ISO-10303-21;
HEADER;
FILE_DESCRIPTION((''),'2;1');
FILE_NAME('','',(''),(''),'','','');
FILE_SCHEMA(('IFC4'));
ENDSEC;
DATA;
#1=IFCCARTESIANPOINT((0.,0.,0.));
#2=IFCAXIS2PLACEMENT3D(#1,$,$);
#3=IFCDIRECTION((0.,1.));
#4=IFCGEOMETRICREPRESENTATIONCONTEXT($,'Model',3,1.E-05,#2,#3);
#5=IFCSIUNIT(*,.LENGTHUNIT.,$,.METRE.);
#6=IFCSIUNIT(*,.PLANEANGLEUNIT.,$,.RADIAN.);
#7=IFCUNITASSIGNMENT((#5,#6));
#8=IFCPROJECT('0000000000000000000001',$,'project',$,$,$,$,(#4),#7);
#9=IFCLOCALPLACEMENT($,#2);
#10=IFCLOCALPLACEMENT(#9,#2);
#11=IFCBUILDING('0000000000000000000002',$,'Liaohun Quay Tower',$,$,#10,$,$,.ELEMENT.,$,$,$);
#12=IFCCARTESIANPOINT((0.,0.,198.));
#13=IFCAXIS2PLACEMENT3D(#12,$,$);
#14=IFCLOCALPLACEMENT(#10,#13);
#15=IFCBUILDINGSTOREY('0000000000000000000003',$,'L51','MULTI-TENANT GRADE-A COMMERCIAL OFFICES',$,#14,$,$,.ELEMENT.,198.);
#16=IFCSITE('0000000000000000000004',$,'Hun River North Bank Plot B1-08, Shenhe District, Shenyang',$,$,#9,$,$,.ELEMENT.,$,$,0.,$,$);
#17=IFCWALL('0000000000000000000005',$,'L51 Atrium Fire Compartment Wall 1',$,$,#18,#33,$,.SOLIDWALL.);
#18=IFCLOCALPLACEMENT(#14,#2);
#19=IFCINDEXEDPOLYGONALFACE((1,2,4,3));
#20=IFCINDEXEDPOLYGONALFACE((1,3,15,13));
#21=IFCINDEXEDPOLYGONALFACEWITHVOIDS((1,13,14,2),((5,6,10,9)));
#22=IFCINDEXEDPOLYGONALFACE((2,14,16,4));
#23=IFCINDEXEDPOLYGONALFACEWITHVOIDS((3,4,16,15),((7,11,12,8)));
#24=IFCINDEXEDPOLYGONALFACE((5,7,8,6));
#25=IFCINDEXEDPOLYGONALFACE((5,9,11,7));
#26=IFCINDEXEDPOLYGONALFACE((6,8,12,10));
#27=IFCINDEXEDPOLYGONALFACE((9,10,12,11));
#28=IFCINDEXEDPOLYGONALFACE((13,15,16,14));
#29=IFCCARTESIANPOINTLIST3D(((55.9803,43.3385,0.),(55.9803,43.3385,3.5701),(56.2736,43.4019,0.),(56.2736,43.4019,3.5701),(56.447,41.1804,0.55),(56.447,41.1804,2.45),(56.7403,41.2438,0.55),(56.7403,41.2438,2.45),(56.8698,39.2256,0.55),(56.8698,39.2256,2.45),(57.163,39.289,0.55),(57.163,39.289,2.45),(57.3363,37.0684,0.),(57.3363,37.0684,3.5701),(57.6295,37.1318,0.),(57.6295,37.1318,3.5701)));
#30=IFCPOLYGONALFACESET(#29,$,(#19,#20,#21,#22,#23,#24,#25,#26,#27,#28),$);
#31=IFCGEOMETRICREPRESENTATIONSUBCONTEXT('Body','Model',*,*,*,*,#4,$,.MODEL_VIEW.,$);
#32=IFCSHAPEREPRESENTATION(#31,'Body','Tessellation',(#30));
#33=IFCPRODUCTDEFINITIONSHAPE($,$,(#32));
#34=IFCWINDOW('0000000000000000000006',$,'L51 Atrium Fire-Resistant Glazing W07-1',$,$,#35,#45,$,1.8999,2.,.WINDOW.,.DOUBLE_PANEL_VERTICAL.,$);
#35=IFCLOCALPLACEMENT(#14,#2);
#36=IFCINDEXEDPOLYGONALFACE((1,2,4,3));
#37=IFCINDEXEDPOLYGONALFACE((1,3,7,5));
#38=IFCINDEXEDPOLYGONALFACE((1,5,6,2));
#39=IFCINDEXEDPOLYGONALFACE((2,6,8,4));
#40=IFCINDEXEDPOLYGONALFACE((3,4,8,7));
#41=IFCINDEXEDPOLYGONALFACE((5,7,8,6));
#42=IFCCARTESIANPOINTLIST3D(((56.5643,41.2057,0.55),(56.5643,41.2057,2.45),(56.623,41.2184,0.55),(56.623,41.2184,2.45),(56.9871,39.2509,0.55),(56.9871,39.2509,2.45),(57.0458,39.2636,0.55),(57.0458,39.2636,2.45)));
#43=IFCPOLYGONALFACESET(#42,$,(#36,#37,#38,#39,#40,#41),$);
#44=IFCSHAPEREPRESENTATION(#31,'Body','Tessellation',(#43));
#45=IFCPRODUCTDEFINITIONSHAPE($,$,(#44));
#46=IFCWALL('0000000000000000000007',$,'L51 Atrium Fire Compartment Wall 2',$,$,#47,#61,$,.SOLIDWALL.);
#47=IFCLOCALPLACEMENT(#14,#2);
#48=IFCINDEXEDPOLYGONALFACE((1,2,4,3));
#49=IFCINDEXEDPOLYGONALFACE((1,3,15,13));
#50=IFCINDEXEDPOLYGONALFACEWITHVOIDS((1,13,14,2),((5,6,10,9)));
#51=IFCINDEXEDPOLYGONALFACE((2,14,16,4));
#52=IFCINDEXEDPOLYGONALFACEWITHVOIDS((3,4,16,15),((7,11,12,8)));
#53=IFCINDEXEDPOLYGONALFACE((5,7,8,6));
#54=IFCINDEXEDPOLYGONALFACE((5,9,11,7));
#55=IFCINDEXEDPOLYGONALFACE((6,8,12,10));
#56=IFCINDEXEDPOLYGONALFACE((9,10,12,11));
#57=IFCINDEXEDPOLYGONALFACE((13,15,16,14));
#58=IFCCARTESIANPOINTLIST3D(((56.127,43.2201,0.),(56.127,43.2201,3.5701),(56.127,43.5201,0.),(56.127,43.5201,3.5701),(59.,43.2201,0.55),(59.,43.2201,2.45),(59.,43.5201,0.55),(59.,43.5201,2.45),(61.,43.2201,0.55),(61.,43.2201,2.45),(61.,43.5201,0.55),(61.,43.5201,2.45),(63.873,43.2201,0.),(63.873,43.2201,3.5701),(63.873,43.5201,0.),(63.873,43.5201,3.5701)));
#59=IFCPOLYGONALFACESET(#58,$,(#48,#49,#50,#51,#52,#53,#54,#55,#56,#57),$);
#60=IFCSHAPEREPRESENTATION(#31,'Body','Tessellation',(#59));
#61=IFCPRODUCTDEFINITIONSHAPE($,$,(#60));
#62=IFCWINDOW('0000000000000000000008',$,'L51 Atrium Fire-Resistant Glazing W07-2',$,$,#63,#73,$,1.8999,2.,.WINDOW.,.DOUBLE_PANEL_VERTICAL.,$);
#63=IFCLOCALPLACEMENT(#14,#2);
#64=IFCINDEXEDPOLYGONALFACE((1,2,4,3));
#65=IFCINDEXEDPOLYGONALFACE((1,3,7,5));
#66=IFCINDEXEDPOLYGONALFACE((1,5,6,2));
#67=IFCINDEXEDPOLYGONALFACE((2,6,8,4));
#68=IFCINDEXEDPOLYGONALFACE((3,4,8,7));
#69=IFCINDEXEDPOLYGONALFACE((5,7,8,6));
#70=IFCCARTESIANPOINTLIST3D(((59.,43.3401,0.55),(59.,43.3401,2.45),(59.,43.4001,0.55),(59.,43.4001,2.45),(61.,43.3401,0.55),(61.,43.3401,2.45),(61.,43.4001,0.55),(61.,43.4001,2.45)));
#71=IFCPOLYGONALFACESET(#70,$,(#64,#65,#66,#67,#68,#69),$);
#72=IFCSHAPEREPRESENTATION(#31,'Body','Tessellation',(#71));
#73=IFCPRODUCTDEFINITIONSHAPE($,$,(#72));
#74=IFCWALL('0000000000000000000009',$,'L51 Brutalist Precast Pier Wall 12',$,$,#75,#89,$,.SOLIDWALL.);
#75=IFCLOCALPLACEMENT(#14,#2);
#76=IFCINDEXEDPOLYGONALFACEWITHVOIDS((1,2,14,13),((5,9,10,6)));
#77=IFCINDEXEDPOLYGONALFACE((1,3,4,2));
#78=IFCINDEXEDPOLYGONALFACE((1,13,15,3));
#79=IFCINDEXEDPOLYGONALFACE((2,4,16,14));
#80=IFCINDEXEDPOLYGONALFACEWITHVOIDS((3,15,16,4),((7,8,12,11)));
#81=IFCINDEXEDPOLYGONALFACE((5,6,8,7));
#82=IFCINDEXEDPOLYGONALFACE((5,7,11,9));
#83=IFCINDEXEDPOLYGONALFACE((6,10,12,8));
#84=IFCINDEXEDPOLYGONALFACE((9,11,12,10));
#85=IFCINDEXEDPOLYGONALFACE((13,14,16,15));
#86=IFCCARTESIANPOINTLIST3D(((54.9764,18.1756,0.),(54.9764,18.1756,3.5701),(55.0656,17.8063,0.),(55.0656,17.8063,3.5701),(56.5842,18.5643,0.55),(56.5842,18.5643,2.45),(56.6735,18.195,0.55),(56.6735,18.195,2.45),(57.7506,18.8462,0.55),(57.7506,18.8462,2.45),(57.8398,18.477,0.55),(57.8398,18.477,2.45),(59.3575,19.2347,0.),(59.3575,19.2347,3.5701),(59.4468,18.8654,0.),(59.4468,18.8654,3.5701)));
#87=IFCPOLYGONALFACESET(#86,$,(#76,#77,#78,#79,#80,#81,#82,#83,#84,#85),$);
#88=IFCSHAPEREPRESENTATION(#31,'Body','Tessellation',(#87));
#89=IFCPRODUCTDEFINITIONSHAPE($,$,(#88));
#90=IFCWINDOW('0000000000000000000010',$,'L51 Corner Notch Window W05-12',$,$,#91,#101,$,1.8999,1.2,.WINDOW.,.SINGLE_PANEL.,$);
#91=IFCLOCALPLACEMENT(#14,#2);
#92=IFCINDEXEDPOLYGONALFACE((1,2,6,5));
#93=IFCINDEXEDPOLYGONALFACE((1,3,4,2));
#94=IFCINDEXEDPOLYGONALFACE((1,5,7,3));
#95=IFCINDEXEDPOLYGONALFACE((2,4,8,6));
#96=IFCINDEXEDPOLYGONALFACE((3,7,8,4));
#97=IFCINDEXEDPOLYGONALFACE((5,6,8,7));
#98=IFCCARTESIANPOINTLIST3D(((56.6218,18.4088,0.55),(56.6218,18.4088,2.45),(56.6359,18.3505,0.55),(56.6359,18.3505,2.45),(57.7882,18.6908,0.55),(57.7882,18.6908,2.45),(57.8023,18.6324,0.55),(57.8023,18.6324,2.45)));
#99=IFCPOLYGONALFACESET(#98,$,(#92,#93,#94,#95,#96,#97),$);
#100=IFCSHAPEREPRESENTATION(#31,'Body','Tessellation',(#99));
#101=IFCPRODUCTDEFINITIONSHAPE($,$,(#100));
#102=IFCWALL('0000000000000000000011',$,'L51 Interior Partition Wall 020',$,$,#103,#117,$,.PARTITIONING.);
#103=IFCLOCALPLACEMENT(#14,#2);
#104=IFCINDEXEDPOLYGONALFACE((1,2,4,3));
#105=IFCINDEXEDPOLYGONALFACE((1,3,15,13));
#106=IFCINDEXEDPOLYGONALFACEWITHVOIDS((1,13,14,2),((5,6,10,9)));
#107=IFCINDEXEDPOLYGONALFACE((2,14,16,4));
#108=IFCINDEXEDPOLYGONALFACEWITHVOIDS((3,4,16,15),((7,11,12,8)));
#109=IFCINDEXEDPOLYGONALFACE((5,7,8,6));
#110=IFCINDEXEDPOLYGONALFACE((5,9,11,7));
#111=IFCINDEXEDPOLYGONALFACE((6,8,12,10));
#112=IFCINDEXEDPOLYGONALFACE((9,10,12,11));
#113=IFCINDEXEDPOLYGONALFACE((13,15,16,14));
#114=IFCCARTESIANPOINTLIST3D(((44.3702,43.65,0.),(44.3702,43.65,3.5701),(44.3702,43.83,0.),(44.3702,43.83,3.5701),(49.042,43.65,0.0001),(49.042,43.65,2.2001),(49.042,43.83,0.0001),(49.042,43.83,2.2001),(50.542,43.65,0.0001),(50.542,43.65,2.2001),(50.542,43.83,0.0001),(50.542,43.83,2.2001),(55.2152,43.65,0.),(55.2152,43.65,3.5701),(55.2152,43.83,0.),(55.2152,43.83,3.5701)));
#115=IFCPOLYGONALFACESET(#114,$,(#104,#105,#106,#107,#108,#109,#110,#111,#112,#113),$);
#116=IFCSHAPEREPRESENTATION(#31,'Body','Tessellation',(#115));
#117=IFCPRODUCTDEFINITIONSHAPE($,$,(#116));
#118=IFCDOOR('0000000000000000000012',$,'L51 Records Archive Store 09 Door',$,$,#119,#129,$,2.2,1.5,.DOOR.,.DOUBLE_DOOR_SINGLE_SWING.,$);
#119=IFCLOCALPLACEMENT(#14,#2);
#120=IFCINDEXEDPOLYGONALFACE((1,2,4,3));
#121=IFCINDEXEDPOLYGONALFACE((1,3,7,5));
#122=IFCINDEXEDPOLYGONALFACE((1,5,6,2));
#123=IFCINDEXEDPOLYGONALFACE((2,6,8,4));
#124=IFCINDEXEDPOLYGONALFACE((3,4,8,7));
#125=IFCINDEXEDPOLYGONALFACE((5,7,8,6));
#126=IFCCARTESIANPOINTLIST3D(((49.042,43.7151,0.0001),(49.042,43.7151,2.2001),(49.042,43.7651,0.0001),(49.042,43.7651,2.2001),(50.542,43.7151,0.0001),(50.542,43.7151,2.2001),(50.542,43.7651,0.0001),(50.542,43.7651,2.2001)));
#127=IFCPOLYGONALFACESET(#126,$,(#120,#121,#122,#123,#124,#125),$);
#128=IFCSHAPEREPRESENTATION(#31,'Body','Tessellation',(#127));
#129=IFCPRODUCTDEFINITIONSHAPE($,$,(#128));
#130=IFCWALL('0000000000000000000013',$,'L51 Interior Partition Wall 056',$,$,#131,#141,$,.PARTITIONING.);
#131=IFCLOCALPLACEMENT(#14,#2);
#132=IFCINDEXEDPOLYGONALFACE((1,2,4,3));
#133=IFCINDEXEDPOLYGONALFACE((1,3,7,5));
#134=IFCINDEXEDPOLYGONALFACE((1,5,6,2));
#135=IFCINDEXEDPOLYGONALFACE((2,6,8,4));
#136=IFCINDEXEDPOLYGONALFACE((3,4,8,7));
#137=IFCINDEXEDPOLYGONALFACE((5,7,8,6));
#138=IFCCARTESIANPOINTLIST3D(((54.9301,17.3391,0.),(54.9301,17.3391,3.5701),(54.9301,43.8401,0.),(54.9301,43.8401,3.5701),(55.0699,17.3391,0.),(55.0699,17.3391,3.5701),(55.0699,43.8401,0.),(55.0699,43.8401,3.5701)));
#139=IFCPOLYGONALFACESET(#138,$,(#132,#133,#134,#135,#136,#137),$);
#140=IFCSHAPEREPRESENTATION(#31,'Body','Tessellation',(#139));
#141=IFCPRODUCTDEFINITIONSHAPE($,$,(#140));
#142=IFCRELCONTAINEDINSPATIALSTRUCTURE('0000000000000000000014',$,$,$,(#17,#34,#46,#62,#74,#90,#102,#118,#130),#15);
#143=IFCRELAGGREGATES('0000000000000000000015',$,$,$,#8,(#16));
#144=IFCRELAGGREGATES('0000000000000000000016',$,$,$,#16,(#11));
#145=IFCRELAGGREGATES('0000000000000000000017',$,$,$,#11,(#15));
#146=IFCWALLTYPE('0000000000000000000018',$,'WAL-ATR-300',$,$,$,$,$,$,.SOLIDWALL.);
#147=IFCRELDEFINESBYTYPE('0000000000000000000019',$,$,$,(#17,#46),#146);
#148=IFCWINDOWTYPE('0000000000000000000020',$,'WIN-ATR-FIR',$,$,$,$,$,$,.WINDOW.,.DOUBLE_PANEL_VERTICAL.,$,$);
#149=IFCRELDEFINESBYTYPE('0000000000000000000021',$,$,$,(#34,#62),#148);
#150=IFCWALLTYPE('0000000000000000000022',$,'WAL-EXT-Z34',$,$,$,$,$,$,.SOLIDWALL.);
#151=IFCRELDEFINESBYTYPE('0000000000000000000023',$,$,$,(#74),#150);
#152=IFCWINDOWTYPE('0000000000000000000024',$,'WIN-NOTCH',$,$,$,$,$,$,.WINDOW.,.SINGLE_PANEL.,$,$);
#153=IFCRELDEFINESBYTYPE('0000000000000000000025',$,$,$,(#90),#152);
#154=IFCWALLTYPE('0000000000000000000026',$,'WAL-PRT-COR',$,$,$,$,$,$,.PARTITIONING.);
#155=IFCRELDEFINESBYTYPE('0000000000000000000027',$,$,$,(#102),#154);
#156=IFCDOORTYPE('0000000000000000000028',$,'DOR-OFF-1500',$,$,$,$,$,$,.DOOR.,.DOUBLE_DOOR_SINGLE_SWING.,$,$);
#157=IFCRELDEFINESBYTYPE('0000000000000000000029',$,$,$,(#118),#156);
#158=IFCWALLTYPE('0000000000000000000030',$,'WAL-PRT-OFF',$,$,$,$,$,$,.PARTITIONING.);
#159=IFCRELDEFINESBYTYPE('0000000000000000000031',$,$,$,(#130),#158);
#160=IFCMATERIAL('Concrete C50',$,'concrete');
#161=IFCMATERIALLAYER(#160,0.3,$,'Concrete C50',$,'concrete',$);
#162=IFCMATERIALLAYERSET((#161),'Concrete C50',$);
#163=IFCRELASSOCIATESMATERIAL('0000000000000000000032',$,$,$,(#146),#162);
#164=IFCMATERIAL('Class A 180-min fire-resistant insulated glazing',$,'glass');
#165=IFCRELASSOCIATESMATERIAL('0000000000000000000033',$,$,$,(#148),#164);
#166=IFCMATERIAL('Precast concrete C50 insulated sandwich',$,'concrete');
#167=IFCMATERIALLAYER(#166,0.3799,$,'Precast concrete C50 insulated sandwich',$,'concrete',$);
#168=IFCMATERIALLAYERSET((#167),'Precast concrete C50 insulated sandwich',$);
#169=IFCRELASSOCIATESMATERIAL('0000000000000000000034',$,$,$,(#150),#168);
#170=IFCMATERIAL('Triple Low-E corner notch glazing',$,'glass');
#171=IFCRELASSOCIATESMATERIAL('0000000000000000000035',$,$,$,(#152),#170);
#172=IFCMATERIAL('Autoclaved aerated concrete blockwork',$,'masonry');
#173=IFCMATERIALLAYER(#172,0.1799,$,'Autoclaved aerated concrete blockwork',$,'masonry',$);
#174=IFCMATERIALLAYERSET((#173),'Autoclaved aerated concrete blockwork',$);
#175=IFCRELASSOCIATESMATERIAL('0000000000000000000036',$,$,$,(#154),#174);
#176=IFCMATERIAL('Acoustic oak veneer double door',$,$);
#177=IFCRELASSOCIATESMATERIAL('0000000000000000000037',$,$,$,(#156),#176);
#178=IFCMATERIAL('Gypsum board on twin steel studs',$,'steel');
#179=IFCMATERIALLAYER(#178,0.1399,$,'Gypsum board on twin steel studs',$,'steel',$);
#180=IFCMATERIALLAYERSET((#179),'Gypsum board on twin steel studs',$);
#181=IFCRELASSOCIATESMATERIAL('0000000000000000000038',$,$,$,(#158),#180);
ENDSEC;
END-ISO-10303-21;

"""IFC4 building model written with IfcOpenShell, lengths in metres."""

from ifc_helpers import new_model, si_unit, direction, frame, frame_2d, origin, place, context, subcontext, project, spatial, rectangle, extrude, source, transform, mapped, material, layer, layer_set, type_object, element, fill, save


model = new_model("IFC4")

# Units and contexts
model_context = context("Model", 3, precision=1e-05, world=origin(), true_north=direction((0.0, 1.0)))
body_context = subcontext(model_context, "Body", "Model", "MODEL_VIEW")
ifc_project = project(units=[si_unit("LENGTHUNIT", "METRE"), si_unit("PLANEANGLEUNIT", "RADIAN")], contexts=[model_context])

# Site, building, storey
site_placement = place(None, origin())
site = spatial("IfcSite", under=ifc_project, at=site_placement, Name="Hun River North Bank Plot B1-08, Shenhe District, Shenyang", CompositionType="ELEMENT", RefElevation=0.0)
building_placement = place(site_placement, origin())
building = spatial("IfcBuilding", under=site, at=building_placement, Name="Liaohun Quay Tower", CompositionType="ELEMENT")
storey_placement = place(building_placement, frame((0.0, 0.0, 198.0)))
storey = spatial("IfcBuildingStorey", under=building, at=storey_placement, Name="L51", Description="MULTI-TENANT GRADE-A COMMERCIAL OFFICES", CompositionType="ELEMENT", Elevation=198.0)

# Walls, openings, windows
ifc_material_1 = material(Name="Concrete C50", Category="concrete")
ifc_layer_1 = layer(ifc_material_1, 0.3, Name="Concrete C50", Category="concrete")
ifc_layer_set_1 = layer_set([ifc_layer_1], Name="Concrete C50")
wall_type_1 = type_object("IfcWallType", Name="WAL-ATR-300", PredefinedType="SOLIDWALL", material=ifc_layer_set_1)
wall_1_placement = place(storey_placement, frame((57.4829, 37.1001, 0.0), z_axis=(0.0, 0.0, 1.0), x_axis=(-0.211374, 0.977405, 0.0)))
wall_1 = element("IfcWall", 1, at=wall_1_placement, inside=storey, type_object=wall_type_1, Name="L51 Atrium Fire Compartment Wall 1", PredefinedType="SOLIDWALL", context=body_context, shape_type="SweptSolid", body=[
    extrude(rectangle(XDim=6.415, YDim=0.3, at=frame_2d((3.2075, 0.0))), origin(), (0.0, 0.0, 1.0), 3.5701),
])
shared_shape_1 = source(origin(), body_context, "Body", "SweptSolid", [
    extrude(rectangle(XDim=2.0, YDim=1.8999, at=frame_2d((1.0, 0.95))), frame((0.0, 0.1599, 0.0), z_axis=(0.0, -1.0, 0.0), x_axis=(1.0, 0.0, 0.0)), (0.0, 0.0, 1.0), 0.3201),
])
opening_1_placement = place(wall_1_placement, frame((2.207, 0.0, 0.55)))
opening_1 = element("IfcOpeningElement", 2, at=opening_1_placement, cuts=wall_1, PredefinedType="OPENING", context=body_context, shape_type="MappedRepresentation", body=[
    mapped(shared_shape_1, transform((0.0, 0.0, 0.0), x_axis=(1.0, 0.0, 0.0), y_axis=(0.0, 1.0, 0.0), z_axis=(0.0, 0.0, 1.0), scale=1.0)),
])
ifc_material_2 = material(Name="Class A 180-min fire-resistant insulated glazing", Category="glass")
window_type_1 = type_object("IfcWindowType", Name="WIN-ATR-FIR", PartitioningType="DOUBLE_PANEL_VERTICAL", PredefinedType="WINDOW", material=ifc_material_2)
shared_shape_2 = source(origin(), body_context, "Body", "SweptSolid", [
    extrude(rectangle(XDim=2.0, YDim=1.8999, at=frame_2d((1.0, 0.95))), frame((0.0, 0.03, 0.0), z_axis=(0.0, -1.0, 0.0), x_axis=(1.0, 0.0, 0.0)), (0.0, 0.0, 1.0), 0.0601),
])
window_1_placement = place(opening_1_placement, origin())
window_1 = element("IfcWindow", 3, at=window_1_placement, inside=storey, type_object=window_type_1, Name="L51 Atrium Fire-Resistant Glazing W07-1", OverallHeight=1.8999, OverallWidth=2.0, PartitioningType="DOUBLE_PANEL_VERTICAL", PredefinedType="WINDOW", context=body_context, shape_type="MappedRepresentation", body=[
    mapped(shared_shape_2, transform((0.0, 0.0, 0.0), x_axis=(1.0, 0.0, 0.0), y_axis=(0.0, 1.0, 0.0), z_axis=(0.0, 0.0, 1.0), scale=1.0)),
])
fill(opening_1, window_1)
wall_2_placement = place(storey_placement, frame((56.127, 43.3701, 0.0), z_axis=(0.0, 0.0, 1.0), x_axis=(1.0, 0.0, 0.0)))
wall_2 = element("IfcWall", 4, at=wall_2_placement, inside=storey, type_object=wall_type_1, Name="L51 Atrium Fire Compartment Wall 2", PredefinedType="SOLIDWALL", context=body_context, shape_type="SweptSolid", body=[
    extrude(rectangle(XDim=7.7461, YDim=0.3, at=frame_2d((3.873, 0.0))), origin(), (0.0, 0.0, 1.0), 3.5701),
])
opening_2_placement = place(wall_2_placement, frame((2.873, 0.0, 0.55)))
opening_2 = element("IfcOpeningElement", 5, at=opening_2_placement, cuts=wall_2, PredefinedType="OPENING", context=body_context, shape_type="MappedRepresentation", body=[
    mapped(shared_shape_1, transform((0.0, 0.0, 0.0), x_axis=(1.0, 0.0, 0.0), y_axis=(0.0, 1.0, 0.0), z_axis=(0.0, 0.0, 1.0), scale=1.0)),
])
window_2_placement = place(opening_2_placement, origin())
window_2 = element("IfcWindow", 6, at=window_2_placement, inside=storey, type_object=window_type_1, Name="L51 Atrium Fire-Resistant Glazing W07-2", OverallHeight=1.8999, OverallWidth=2.0, PartitioningType="DOUBLE_PANEL_VERTICAL", PredefinedType="WINDOW", context=body_context, shape_type="MappedRepresentation", body=[
    mapped(shared_shape_2, transform((0.0, 0.0, 0.0), x_axis=(1.0, 0.0, 0.0), y_axis=(0.0, 1.0, 0.0), z_axis=(0.0, 0.0, 1.0), scale=1.0)),
])
fill(opening_2, window_2)
ifc_material_3 = material(Name="Precast concrete C50 insulated sandwich", Category="concrete")
ifc_layer_2 = layer(ifc_material_3, 0.3799, Name="Precast concrete C50 insulated sandwich", Category="concrete")
ifc_layer_set_2 = layer_set([ifc_layer_2], Name="Precast concrete C50 insulated sandwich")
wall_type_2 = type_object("IfcWallType", Name="WAL-EXT-Z34", PredefinedType="SOLIDWALL", material=ifc_layer_set_2)
wall_3_placement = place(storey_placement, frame((55.021, 17.991, 0.0), z_axis=(0.0, 0.0, 1.0), x_axis=(0.972002, 0.234971, 0.0)))
wall_3 = element("IfcWall", 7, at=wall_3_placement, inside=storey, type_object=wall_type_2, Name="L51 Brutalist Precast Pier Wall 12", PredefinedType="SOLIDWALL", context=body_context, shape_type="SweptSolid", body=[
    extrude(rectangle(XDim=4.5073, YDim=0.3799, at=frame_2d((2.2537, 0.0))), origin(), (0.0, 0.0, 1.0), 3.5701),
])
shared_shape_3 = source(origin(), body_context, "Body", "SweptSolid", [
    extrude(rectangle(XDim=1.2, YDim=1.8999, at=frame_2d((0.6001, 0.95))), frame((0.0, 0.2, 0.0), z_axis=(0.0, -1.0, 0.0), x_axis=(1.0, 0.0, 0.0)), (0.0, 0.0, 1.0), 0.3999),
])
opening_3_placement = place(wall_3_placement, frame((1.6541, 0.0, 0.55)))
opening_3 = element("IfcOpeningElement", 8, at=opening_3_placement, cuts=wall_3, PredefinedType="OPENING", context=body_context, shape_type="MappedRepresentation", body=[
    mapped(shared_shape_3, transform((0.0, 0.0, 0.0), x_axis=(1.0, 0.0, 0.0), y_axis=(0.0, 1.0, 0.0), z_axis=(0.0, 0.0, 1.0), scale=1.0)),
])
ifc_material_4 = material(Name="Triple Low-E corner notch glazing", Category="glass")
window_type_2 = type_object("IfcWindowType", Name="WIN-NOTCH", PartitioningType="SINGLE_PANEL", PredefinedType="WINDOW", material=ifc_material_4)
shared_shape_4 = source(origin(), body_context, "Body", "SweptSolid", [
    extrude(rectangle(XDim=1.2, YDim=1.8999, at=frame_2d((0.6001, 0.95))), frame((0.0, 0.03, 0.0), z_axis=(0.0, -1.0, 0.0), x_axis=(1.0, 0.0, 0.0)), (0.0, 0.0, 1.0), 0.0601),
])
window_3_placement = place(opening_3_placement, origin())
window_3 = element("IfcWindow", 9, at=window_3_placement, inside=storey, type_object=window_type_2, Name="L51 Corner Notch Window W05-12", OverallHeight=1.8999, OverallWidth=1.2, PartitioningType="SINGLE_PANEL", PredefinedType="WINDOW", context=body_context, shape_type="MappedRepresentation", body=[
    mapped(shared_shape_4, transform((0.0, 0.0, 0.0), x_axis=(1.0, 0.0, 0.0), y_axis=(0.0, 1.0, 0.0), z_axis=(0.0, 0.0, 1.0), scale=1.0)),
])
fill(opening_3, window_3)

# Wall, opening, door
ifc_material_5 = material(Name="Autoclaved aerated concrete blockwork", Category="masonry")
ifc_layer_3 = layer(ifc_material_5, 0.1799, Name="Autoclaved aerated concrete blockwork", Category="masonry")
ifc_layer_set_3 = layer_set([ifc_layer_3], Name="Autoclaved aerated concrete blockwork")
wall_type_3 = type_object("IfcWallType", Name="WAL-PRT-COR", PredefinedType="PARTITIONING", material=ifc_layer_set_3)
wall_4_placement = place(storey_placement, frame((55.2151, 43.74, 0.0), z_axis=(0.0, 0.0, 1.0), x_axis=(-1.0, 0.0, 0.0)))
wall_4 = element("IfcWall", 10, at=wall_4_placement, inside=storey, type_object=wall_type_3, Name="L51 Interior Partition Wall 020", PredefinedType="PARTITIONING", context=body_context, shape_type="SweptSolid", body=[
    extrude(rectangle(XDim=10.845, YDim=0.1799, at=frame_2d((5.4224, 0.0))), origin(), (0.0, 0.0, 1.0), 3.5701),
])
shared_shape_5 = source(origin(), body_context, "Body", "SweptSolid", [
    extrude(rectangle(XDim=1.5, YDim=2.2, at=frame_2d((0.75, 1.1001))), frame((0.0, 0.0999, 0.0), z_axis=(0.0, -1.0, 0.0), x_axis=(1.0, 0.0, 0.0)), (0.0, 0.0, 1.0), 0.2),
])
opening_4_placement = place(wall_4_placement, frame((4.6731, 0.0, 0.0)))
opening_4 = element("IfcOpeningElement", 11, at=opening_4_placement, cuts=wall_4, PredefinedType="OPENING", context=body_context, shape_type="MappedRepresentation", body=[
    mapped(shared_shape_5, transform((0.0, 0.0, 0.0), x_axis=(1.0, 0.0, 0.0), y_axis=(0.0, 1.0, 0.0), z_axis=(0.0, 0.0, 1.0), scale=1.0)),
])
ifc_material_6 = material(Name="Acoustic oak veneer double door")
door_type = type_object("IfcDoorType", Name="DOR-OFF-1500", OperationType="DOUBLE_DOOR_SINGLE_SWING", PredefinedType="DOOR", material=ifc_material_6)
shared_shape_6 = source(origin(), body_context, "Body", "SweptSolid", [
    extrude(rectangle(XDim=1.5, YDim=2.2, at=frame_2d((0.75, 1.1001))), frame((0.0, 0.0249, 0.0), z_axis=(0.0, -1.0, 0.0), x_axis=(1.0, 0.0, 0.0)), (0.0, 0.0, 1.0), 0.05),
])
door_placement = place(opening_4_placement, origin())
door = element("IfcDoor", 12, at=door_placement, inside=storey, type_object=door_type, Name="L51 Records Archive Store 09 Door", OperationType="DOUBLE_DOOR_SINGLE_SWING", OverallHeight=2.2, OverallWidth=1.5, PredefinedType="DOOR", context=body_context, shape_type="MappedRepresentation", body=[
    mapped(shared_shape_6, transform((0.0, 0.0, 0.0), x_axis=(1.0, 0.0, 0.0), y_axis=(0.0, 1.0, 0.0), z_axis=(0.0, 0.0, 1.0), scale=1.0)),
])
fill(opening_4, door)

# Wall
ifc_material_7 = material(Name="Gypsum board on twin steel studs", Category="steel")
ifc_layer_4 = layer(ifc_material_7, 0.1399, Name="Gypsum board on twin steel studs", Category="steel")
ifc_layer_set_4 = layer_set([ifc_layer_4], Name="Gypsum board on twin steel studs")
wall_type_4 = type_object("IfcWallType", Name="WAL-PRT-OFF", PredefinedType="PARTITIONING", material=ifc_layer_set_4)
wall_5_placement = place(storey_placement, frame((55.0, 43.8401, 0.0), z_axis=(0.0, 0.0, 1.0), x_axis=(0.0, -1.0, 0.0)))
element("IfcWall", 13, at=wall_5_placement, inside=storey, type_object=wall_type_4, Name="L51 Interior Partition Wall 056", PredefinedType="PARTITIONING", context=body_context, shape_type="SweptSolid", body=[
    extrude(rectangle(XDim=26.501, YDim=0.1399, at=frame_2d((13.2505, 0.0))), origin(), (0.0, 0.0, 1.0), 3.5701),
])

save(model, "model.ifc")
